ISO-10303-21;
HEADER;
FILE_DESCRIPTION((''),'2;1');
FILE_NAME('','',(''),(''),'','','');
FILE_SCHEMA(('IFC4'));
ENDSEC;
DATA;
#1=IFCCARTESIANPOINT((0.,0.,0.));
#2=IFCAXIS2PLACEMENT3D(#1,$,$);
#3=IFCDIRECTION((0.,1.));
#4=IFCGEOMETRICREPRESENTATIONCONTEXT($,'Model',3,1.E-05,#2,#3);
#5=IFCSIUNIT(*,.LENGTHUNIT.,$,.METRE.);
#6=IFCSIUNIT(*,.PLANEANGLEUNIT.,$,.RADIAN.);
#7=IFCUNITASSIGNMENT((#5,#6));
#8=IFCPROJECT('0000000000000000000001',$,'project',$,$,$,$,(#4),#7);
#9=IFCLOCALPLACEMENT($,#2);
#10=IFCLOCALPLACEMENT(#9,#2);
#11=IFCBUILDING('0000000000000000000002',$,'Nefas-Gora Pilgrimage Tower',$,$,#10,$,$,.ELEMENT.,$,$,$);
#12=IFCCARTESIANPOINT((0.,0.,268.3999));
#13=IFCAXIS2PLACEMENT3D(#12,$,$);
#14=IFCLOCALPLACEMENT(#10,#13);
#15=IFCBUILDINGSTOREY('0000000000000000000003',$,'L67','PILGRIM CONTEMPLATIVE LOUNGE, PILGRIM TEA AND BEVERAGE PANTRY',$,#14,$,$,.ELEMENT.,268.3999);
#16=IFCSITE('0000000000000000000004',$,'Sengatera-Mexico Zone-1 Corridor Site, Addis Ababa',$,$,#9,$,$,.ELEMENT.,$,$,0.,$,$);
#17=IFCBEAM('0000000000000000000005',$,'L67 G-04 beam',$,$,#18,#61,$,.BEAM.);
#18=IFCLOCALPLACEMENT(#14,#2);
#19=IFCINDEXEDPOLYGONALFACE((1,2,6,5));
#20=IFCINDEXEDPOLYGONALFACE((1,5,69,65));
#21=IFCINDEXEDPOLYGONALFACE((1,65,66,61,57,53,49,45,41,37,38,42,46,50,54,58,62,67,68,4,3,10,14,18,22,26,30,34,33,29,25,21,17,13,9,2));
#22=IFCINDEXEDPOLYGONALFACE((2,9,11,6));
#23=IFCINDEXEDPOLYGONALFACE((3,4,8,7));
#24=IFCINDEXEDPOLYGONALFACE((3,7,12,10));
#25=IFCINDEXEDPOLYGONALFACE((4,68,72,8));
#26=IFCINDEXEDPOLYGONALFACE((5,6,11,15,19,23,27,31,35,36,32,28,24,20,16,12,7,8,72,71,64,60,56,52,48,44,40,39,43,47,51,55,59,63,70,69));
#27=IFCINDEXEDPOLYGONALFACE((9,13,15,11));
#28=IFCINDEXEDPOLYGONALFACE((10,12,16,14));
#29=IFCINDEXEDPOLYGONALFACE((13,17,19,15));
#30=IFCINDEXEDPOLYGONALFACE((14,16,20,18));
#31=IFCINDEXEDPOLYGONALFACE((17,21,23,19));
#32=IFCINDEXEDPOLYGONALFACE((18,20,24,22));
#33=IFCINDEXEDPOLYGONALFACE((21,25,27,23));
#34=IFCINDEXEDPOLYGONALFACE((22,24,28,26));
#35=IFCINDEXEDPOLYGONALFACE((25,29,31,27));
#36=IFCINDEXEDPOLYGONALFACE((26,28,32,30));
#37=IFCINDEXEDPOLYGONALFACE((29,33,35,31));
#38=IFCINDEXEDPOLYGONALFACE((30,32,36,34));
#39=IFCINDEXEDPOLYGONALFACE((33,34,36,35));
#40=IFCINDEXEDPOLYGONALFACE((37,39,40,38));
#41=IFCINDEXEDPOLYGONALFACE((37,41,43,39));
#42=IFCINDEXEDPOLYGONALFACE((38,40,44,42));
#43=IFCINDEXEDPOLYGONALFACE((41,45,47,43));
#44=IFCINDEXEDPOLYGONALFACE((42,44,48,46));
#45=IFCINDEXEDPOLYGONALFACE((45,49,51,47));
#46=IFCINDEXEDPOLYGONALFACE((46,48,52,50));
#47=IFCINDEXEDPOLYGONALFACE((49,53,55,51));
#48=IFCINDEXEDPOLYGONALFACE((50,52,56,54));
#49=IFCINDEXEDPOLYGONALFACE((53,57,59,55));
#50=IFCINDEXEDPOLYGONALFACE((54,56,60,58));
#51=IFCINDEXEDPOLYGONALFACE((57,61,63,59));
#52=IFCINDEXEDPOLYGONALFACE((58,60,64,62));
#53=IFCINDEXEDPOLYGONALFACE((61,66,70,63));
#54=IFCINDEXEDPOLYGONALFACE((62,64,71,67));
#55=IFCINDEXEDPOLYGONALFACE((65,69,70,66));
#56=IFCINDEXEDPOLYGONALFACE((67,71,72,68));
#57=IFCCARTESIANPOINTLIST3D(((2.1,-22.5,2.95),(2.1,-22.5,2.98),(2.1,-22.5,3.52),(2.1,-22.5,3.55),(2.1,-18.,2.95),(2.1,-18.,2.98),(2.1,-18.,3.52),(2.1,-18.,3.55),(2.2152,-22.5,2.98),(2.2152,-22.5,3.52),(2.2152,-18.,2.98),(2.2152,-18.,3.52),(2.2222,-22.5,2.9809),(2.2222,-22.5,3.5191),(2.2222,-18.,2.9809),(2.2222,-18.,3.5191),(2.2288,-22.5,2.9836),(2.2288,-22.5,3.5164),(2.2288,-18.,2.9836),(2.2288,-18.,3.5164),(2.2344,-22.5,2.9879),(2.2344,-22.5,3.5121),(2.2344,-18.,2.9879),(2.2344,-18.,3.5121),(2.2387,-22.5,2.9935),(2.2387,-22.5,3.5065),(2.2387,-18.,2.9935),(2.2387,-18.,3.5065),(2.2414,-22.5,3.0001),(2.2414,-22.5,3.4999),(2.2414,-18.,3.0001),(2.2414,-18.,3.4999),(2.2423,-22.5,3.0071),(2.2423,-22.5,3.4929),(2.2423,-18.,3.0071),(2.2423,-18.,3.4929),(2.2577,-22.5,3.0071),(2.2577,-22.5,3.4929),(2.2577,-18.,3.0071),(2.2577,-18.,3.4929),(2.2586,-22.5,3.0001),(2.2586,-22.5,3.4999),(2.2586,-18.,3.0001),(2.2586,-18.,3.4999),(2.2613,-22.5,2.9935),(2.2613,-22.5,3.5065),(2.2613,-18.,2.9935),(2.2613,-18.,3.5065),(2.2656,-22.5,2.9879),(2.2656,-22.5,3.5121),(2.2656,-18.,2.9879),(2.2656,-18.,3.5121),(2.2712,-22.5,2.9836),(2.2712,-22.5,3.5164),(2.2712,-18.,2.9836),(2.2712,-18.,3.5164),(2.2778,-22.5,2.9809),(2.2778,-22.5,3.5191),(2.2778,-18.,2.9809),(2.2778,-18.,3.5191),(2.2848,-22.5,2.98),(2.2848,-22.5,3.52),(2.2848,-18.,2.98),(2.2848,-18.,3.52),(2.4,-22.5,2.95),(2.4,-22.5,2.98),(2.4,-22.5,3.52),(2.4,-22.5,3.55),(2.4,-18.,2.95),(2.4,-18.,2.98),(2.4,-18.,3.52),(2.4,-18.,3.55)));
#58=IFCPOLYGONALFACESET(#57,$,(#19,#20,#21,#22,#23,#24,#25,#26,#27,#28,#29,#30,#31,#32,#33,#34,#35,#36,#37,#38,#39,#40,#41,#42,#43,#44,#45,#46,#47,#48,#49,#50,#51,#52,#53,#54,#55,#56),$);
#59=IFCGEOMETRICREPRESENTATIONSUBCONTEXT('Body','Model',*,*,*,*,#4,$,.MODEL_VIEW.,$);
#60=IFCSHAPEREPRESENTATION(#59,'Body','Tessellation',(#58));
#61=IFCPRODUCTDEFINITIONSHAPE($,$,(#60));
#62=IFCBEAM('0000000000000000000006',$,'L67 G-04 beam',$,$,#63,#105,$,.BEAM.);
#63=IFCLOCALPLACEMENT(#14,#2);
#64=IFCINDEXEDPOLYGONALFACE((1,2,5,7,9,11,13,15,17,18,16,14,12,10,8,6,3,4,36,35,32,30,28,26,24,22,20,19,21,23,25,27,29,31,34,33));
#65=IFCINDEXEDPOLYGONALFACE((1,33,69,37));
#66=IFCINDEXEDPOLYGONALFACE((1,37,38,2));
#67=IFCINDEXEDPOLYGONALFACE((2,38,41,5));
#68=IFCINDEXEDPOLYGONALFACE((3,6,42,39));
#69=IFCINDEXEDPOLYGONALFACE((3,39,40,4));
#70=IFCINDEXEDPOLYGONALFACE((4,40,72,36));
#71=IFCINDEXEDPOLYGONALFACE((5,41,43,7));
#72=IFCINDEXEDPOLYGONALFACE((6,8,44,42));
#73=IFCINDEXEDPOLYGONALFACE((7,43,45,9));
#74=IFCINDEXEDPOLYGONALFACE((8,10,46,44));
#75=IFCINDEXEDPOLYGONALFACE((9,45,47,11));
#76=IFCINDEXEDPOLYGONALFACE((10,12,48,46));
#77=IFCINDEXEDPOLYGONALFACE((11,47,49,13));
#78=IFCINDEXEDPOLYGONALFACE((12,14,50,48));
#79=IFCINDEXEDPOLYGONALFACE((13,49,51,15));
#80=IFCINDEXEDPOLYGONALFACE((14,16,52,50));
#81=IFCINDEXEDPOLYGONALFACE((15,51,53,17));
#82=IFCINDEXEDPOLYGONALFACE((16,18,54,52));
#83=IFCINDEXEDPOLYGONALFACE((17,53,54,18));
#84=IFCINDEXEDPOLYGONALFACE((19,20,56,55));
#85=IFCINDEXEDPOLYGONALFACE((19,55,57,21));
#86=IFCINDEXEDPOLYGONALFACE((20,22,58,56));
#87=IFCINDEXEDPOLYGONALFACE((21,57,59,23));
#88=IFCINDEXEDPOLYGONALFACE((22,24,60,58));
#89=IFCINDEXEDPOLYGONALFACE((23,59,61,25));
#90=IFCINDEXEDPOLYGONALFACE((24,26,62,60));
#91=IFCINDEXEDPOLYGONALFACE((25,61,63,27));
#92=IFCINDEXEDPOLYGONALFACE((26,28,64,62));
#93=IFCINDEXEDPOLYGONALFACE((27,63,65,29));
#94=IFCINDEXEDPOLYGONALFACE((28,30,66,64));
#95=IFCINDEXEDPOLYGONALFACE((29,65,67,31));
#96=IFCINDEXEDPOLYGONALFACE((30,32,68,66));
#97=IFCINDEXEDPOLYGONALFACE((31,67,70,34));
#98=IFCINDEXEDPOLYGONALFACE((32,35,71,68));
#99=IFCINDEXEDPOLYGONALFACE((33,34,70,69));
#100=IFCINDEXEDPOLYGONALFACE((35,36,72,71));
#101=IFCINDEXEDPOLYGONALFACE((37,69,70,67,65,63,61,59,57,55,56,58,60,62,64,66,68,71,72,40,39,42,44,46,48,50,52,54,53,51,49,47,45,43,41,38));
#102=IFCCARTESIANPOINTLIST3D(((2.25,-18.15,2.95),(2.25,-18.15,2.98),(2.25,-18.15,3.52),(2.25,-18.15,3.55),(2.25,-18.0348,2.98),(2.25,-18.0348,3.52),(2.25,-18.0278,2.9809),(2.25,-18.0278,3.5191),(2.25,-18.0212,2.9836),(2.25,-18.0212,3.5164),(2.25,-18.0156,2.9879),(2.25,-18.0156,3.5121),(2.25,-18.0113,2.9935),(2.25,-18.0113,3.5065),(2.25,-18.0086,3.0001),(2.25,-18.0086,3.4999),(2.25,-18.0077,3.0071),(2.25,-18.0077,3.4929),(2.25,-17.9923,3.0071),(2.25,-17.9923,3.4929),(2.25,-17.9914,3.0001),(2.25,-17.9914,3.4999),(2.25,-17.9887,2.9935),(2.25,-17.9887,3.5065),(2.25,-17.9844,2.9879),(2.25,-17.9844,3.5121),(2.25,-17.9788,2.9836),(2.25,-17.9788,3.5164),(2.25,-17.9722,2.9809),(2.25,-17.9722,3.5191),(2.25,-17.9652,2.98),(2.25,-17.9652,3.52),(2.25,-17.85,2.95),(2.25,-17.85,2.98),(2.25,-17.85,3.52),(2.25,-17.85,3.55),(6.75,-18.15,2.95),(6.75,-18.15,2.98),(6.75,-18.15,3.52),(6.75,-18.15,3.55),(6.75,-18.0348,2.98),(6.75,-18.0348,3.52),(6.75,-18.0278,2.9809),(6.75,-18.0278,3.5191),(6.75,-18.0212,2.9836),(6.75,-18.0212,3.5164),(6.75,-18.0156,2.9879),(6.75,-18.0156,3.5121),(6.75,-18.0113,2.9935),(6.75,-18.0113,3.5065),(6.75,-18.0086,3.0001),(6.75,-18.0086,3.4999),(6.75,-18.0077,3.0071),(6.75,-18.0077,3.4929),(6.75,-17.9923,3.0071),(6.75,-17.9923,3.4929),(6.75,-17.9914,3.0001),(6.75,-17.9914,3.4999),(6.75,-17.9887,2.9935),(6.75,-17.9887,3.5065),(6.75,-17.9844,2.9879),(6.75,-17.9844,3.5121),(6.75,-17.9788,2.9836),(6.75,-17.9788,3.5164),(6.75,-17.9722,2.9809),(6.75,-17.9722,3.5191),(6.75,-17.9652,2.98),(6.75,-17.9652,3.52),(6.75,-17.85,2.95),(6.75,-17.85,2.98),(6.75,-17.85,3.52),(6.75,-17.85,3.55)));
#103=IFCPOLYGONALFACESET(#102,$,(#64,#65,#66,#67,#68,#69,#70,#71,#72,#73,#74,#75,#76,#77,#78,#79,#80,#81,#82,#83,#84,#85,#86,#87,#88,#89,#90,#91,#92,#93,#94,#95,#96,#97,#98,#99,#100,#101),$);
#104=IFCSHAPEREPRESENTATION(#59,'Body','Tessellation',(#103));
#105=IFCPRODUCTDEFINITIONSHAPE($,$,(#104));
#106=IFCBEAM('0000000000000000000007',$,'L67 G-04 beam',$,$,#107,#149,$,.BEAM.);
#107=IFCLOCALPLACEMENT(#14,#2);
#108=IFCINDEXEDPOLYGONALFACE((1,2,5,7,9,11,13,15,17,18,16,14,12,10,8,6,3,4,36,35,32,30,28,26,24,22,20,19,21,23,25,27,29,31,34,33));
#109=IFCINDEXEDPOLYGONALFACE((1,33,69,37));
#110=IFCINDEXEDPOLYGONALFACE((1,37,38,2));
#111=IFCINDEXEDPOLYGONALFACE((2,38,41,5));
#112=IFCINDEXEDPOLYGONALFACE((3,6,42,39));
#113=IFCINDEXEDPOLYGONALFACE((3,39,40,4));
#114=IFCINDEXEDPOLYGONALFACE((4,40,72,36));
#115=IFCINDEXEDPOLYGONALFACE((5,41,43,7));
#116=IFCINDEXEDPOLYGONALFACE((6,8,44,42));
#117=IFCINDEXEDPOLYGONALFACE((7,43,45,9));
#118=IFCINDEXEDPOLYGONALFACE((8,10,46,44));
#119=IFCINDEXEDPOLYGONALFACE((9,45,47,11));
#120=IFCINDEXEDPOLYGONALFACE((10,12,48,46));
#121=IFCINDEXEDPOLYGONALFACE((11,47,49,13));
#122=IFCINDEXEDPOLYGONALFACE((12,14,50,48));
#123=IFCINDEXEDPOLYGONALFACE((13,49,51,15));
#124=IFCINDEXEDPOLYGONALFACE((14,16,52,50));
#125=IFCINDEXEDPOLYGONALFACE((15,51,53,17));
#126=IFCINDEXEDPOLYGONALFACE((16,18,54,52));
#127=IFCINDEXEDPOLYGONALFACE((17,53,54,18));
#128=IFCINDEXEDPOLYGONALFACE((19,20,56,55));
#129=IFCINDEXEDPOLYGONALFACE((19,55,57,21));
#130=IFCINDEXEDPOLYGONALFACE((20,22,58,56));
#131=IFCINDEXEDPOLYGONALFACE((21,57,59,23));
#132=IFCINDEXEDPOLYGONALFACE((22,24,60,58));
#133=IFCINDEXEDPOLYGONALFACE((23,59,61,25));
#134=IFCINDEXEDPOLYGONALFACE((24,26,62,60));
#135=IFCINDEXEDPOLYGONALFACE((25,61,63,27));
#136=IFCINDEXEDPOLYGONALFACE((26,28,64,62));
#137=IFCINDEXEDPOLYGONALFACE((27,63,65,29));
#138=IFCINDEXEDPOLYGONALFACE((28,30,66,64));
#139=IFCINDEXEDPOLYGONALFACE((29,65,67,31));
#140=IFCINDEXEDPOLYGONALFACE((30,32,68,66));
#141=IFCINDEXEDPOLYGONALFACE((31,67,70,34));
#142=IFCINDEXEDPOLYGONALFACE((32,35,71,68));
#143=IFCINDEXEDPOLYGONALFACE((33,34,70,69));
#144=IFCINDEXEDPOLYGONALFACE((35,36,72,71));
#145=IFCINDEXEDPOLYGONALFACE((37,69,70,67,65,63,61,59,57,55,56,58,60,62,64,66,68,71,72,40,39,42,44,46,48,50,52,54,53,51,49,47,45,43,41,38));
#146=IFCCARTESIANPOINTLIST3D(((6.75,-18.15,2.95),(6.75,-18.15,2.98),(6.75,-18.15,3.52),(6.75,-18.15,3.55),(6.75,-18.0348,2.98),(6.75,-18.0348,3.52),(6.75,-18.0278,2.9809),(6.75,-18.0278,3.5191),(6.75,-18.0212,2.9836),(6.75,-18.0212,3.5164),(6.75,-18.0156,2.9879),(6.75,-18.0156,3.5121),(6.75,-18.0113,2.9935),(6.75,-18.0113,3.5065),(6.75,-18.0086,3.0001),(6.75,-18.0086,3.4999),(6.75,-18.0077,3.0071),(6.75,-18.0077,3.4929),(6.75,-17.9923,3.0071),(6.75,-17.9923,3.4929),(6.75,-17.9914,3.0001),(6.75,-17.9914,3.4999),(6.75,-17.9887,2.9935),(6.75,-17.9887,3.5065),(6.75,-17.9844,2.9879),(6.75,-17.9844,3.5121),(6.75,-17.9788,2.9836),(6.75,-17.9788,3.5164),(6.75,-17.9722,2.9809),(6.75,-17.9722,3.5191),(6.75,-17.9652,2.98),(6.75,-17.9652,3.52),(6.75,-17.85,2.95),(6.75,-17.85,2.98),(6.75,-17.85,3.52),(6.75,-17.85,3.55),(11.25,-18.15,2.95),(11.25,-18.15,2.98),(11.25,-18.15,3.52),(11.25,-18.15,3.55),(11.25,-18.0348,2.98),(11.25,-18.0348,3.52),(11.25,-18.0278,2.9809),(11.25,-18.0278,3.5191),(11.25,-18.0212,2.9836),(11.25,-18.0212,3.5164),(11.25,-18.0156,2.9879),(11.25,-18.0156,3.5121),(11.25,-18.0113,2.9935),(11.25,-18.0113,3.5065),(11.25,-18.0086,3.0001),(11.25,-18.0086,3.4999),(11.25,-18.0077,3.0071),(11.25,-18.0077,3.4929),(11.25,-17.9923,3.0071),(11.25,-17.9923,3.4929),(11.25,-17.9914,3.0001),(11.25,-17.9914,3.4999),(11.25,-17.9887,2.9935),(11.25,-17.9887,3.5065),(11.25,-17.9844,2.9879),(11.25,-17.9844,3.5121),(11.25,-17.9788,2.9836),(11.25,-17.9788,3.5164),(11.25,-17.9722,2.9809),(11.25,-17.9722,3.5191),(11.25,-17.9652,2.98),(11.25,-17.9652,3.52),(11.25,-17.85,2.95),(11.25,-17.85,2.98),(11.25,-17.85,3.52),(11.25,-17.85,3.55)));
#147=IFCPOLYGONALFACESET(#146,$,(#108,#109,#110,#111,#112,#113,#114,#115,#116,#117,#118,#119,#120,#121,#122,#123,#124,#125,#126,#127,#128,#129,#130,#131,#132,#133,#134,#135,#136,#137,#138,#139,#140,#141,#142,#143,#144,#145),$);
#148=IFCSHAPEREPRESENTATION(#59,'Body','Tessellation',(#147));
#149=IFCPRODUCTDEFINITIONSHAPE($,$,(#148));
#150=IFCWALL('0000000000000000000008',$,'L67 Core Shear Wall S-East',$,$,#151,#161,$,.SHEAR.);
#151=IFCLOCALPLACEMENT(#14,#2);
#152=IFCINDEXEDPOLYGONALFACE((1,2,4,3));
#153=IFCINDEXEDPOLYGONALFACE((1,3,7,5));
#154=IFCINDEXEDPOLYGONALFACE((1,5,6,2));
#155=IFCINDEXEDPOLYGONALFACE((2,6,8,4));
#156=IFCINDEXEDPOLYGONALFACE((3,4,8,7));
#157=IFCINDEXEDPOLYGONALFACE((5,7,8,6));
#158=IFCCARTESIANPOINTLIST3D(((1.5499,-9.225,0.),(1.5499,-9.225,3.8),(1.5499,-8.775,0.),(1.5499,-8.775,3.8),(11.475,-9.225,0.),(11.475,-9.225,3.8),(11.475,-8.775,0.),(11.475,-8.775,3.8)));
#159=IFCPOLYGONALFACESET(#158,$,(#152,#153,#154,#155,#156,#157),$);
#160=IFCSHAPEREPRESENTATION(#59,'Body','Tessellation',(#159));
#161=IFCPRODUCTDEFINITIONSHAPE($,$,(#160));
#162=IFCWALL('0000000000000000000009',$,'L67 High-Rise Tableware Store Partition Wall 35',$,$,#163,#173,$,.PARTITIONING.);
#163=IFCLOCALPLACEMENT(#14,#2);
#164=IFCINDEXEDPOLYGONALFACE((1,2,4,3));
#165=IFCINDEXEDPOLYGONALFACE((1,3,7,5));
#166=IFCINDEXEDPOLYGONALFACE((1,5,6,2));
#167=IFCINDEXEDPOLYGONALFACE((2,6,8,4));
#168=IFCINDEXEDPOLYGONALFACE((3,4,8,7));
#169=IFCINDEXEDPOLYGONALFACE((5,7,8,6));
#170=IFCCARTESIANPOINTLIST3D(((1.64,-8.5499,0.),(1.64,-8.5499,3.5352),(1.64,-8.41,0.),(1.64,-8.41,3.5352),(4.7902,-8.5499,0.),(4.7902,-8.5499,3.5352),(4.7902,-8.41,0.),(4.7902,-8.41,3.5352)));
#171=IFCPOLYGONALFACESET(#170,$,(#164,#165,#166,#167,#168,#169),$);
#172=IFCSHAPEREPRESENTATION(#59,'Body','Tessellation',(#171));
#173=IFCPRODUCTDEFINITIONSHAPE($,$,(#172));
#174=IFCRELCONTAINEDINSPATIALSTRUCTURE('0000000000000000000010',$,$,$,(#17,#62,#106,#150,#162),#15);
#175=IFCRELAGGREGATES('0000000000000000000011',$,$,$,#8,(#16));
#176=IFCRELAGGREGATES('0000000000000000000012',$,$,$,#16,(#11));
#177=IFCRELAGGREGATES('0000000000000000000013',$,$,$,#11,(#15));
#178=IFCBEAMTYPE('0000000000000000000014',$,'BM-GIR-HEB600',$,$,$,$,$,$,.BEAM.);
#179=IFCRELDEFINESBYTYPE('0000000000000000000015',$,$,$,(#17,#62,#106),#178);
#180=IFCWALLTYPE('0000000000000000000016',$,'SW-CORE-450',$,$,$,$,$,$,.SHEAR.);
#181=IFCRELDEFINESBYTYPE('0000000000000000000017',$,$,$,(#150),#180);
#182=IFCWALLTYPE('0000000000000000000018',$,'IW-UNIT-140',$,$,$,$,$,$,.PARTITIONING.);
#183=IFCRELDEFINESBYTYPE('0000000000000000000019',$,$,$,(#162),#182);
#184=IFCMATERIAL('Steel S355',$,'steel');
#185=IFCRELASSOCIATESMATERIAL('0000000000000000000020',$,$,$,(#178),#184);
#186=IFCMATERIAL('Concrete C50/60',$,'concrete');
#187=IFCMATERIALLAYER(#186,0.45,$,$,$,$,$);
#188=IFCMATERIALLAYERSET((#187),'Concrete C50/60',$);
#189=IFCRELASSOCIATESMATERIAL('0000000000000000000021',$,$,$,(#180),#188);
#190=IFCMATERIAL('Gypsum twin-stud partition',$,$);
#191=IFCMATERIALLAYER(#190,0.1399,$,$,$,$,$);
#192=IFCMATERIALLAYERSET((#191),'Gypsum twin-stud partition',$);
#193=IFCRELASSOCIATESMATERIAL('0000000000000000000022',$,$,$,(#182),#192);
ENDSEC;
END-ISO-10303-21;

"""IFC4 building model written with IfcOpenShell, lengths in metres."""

from ifc_helpers import new_model, si_unit, direction, frame, frame_2d, origin, origin_2d, place, context, subcontext, project, spatial, rectangle, i_section, extrude, source, transform, mapped, material, layer, layer_set, material_profile, profile_set, type_object, element, save


model = new_model("IFC4")

# Units and contexts
model_context = context("Model", 3, precision=1e-05, world=origin(), true_north=direction((0.0, 1.0)))
body_context = subcontext(model_context, "Body", "Model", "MODEL_VIEW")
ifc_project = project(units=[si_unit("LENGTHUNIT", "METRE"), si_unit("PLANEANGLEUNIT", "RADIAN")], contexts=[model_context])

# Site, building, storey
site_placement = place(None, origin())
site = spatial("IfcSite", under=ifc_project, at=site_placement, Name="Sengatera-Mexico Zone-1 Corridor Site, Addis Ababa", CompositionType="ELEMENT", RefElevation=0.0)
building_placement = place(site_placement, origin())
building = spatial("IfcBuilding", under=site, at=building_placement, Name="Nefas-Gora Pilgrimage Tower", CompositionType="ELEMENT")
storey_placement = place(building_placement, frame((0.0, 0.0, 268.3999)))
storey = spatial("IfcBuildingStorey", under=building, at=storey_placement, Name="L67", Description="PILGRIM CONTEMPLATIVE LOUNGE, PILGRIM TEA AND BEVERAGE PANTRY", CompositionType="ELEMENT", Elevation=268.3999)

# Shared definitions
ifc_material_1 = material(Name="Steel S355", Category="steel")

# Beams
ifc_material_profile_1 = material_profile(ifc_material_1, i_section(OverallWidth=0.3, OverallDepth=0.6001, WebThickness=0.0154, FlangeThickness=0.03, FilletRadius=0.0271, at=origin_2d()), Name="HEB 600")
ifc_profile_set_1 = profile_set([ifc_material_profile_1], Name="Steel S355")
beam_type = type_object("IfcBeamType", Name="BM-GIR-HEB600", PredefinedType="BEAM", material=ifc_profile_set_1)
shared_shape_1 = source(origin(), body_context, "Body", "SweptSolid", [
    extrude(i_section(OverallWidth=0.3, OverallDepth=0.6001, WebThickness=0.0154, FlangeThickness=0.03, FilletRadius=0.0271, at=origin_2d()), origin(), (0.0, 0.0, 1.0), 4.5),
])
for number, where, z_axis, x_axis, name in (
    (1, (2.25, -22.5, 3.25), (0.0, 1.0, 0.0), (-1.0, 0.0, 0.0), "L67 G-04 beam"),
    (2, (2.25, -18.0, 3.25), (1.0, 0.0, 0.0), (0.0, 1.0, 0.0), "L67 G-04 beam"),
    (3, (6.75, -18.0, 3.25), (1.0, 0.0, 0.0), (0.0, 1.0, 0.0), "L67 G-04 beam"),
):
    element("IfcBeam", number, at=place(storey_placement, frame(where, z_axis=z_axis, x_axis=x_axis)), inside=storey, type_object=beam_type, Name=name, PredefinedType="BEAM", context=body_context, shape_type="MappedRepresentation", body=[
        mapped(shared_shape_1, transform((0.0, 0.0, 0.0), x_axis=(1.0, 0.0, 0.0), y_axis=(0.0, 1.0, 0.0), z_axis=(0.0, 0.0, 1.0), scale=1.0)),
    ])

# Walls
ifc_material_2 = material(Name="Concrete C50/60", Category="concrete")
ifc_layer_1 = layer(ifc_material_2, 0.45)
ifc_layer_set_1 = layer_set([ifc_layer_1], Name="Concrete C50/60")
wall_type_1 = type_object("IfcWallType", Name="SW-CORE-450", PredefinedType="SHEAR", material=ifc_layer_set_1)
shared_shape_2 = source(origin(), body_context, "Body", "SweptSolid", [
    extrude(rectangle(XDim=9.925, YDim=0.45, at=frame_2d((4.9624, 0.0))), origin(), (0.0, 0.0, 1.0), 3.8),
])
wall_1_placement = place(storey_placement, frame((1.55, -9.0, 0.0), z_axis=(0.0, 0.0, 1.0), x_axis=(1.0, 0.0, 0.0)))
element("IfcWall", 4, at=wall_1_placement, inside=storey, type_object=wall_type_1, Name="L67 Core Shear Wall S-East", PredefinedType="SHEAR", context=body_context, shape_type="MappedRepresentation", body=[
    mapped(shared_shape_2, transform((0.0, 0.0, 0.0), x_axis=(1.0, 0.0, 0.0), y_axis=(0.0, 1.0, 0.0), z_axis=(0.0, 0.0, 1.0), scale=1.0)),
])
ifc_material_3 = material(Name="Gypsum twin-stud partition")
ifc_layer_2 = layer(ifc_material_3, 0.1399)
ifc_layer_set_2 = layer_set([ifc_layer_2], Name="Gypsum twin-stud partition")
wall_type_2 = type_object("IfcWallType", Name="IW-UNIT-140", PredefinedType="PARTITIONING", material=ifc_layer_set_2)
shared_shape_3 = source(origin(), body_context, "Body", "SweptSolid", [
    extrude(rectangle(XDim=3.1501, YDim=0.1399, at=frame_2d((1.5752, 0.0))), origin(), (0.0, 0.0, 1.0), 3.5352),
])
wall_2_placement = place(storey_placement, frame((1.6399, -8.48, 0.0), z_axis=(0.0, 0.0, 1.0), x_axis=(1.0, 0.0, 0.0)))
element("IfcWall", 5, at=wall_2_placement, inside=storey, type_object=wall_type_2, Name="L67 High-Rise Tableware Store Partition Wall 35", PredefinedType="PARTITIONING", context=body_context, shape_type="MappedRepresentation", body=[
    mapped(shared_shape_3, transform((0.0, 0.0, 0.0), x_axis=(1.0, 0.0, 0.0), y_axis=(0.0, 1.0, 0.0), z_axis=(0.0, 0.0, 1.0), scale=1.0)),
])

save(model, "model.ifc")
